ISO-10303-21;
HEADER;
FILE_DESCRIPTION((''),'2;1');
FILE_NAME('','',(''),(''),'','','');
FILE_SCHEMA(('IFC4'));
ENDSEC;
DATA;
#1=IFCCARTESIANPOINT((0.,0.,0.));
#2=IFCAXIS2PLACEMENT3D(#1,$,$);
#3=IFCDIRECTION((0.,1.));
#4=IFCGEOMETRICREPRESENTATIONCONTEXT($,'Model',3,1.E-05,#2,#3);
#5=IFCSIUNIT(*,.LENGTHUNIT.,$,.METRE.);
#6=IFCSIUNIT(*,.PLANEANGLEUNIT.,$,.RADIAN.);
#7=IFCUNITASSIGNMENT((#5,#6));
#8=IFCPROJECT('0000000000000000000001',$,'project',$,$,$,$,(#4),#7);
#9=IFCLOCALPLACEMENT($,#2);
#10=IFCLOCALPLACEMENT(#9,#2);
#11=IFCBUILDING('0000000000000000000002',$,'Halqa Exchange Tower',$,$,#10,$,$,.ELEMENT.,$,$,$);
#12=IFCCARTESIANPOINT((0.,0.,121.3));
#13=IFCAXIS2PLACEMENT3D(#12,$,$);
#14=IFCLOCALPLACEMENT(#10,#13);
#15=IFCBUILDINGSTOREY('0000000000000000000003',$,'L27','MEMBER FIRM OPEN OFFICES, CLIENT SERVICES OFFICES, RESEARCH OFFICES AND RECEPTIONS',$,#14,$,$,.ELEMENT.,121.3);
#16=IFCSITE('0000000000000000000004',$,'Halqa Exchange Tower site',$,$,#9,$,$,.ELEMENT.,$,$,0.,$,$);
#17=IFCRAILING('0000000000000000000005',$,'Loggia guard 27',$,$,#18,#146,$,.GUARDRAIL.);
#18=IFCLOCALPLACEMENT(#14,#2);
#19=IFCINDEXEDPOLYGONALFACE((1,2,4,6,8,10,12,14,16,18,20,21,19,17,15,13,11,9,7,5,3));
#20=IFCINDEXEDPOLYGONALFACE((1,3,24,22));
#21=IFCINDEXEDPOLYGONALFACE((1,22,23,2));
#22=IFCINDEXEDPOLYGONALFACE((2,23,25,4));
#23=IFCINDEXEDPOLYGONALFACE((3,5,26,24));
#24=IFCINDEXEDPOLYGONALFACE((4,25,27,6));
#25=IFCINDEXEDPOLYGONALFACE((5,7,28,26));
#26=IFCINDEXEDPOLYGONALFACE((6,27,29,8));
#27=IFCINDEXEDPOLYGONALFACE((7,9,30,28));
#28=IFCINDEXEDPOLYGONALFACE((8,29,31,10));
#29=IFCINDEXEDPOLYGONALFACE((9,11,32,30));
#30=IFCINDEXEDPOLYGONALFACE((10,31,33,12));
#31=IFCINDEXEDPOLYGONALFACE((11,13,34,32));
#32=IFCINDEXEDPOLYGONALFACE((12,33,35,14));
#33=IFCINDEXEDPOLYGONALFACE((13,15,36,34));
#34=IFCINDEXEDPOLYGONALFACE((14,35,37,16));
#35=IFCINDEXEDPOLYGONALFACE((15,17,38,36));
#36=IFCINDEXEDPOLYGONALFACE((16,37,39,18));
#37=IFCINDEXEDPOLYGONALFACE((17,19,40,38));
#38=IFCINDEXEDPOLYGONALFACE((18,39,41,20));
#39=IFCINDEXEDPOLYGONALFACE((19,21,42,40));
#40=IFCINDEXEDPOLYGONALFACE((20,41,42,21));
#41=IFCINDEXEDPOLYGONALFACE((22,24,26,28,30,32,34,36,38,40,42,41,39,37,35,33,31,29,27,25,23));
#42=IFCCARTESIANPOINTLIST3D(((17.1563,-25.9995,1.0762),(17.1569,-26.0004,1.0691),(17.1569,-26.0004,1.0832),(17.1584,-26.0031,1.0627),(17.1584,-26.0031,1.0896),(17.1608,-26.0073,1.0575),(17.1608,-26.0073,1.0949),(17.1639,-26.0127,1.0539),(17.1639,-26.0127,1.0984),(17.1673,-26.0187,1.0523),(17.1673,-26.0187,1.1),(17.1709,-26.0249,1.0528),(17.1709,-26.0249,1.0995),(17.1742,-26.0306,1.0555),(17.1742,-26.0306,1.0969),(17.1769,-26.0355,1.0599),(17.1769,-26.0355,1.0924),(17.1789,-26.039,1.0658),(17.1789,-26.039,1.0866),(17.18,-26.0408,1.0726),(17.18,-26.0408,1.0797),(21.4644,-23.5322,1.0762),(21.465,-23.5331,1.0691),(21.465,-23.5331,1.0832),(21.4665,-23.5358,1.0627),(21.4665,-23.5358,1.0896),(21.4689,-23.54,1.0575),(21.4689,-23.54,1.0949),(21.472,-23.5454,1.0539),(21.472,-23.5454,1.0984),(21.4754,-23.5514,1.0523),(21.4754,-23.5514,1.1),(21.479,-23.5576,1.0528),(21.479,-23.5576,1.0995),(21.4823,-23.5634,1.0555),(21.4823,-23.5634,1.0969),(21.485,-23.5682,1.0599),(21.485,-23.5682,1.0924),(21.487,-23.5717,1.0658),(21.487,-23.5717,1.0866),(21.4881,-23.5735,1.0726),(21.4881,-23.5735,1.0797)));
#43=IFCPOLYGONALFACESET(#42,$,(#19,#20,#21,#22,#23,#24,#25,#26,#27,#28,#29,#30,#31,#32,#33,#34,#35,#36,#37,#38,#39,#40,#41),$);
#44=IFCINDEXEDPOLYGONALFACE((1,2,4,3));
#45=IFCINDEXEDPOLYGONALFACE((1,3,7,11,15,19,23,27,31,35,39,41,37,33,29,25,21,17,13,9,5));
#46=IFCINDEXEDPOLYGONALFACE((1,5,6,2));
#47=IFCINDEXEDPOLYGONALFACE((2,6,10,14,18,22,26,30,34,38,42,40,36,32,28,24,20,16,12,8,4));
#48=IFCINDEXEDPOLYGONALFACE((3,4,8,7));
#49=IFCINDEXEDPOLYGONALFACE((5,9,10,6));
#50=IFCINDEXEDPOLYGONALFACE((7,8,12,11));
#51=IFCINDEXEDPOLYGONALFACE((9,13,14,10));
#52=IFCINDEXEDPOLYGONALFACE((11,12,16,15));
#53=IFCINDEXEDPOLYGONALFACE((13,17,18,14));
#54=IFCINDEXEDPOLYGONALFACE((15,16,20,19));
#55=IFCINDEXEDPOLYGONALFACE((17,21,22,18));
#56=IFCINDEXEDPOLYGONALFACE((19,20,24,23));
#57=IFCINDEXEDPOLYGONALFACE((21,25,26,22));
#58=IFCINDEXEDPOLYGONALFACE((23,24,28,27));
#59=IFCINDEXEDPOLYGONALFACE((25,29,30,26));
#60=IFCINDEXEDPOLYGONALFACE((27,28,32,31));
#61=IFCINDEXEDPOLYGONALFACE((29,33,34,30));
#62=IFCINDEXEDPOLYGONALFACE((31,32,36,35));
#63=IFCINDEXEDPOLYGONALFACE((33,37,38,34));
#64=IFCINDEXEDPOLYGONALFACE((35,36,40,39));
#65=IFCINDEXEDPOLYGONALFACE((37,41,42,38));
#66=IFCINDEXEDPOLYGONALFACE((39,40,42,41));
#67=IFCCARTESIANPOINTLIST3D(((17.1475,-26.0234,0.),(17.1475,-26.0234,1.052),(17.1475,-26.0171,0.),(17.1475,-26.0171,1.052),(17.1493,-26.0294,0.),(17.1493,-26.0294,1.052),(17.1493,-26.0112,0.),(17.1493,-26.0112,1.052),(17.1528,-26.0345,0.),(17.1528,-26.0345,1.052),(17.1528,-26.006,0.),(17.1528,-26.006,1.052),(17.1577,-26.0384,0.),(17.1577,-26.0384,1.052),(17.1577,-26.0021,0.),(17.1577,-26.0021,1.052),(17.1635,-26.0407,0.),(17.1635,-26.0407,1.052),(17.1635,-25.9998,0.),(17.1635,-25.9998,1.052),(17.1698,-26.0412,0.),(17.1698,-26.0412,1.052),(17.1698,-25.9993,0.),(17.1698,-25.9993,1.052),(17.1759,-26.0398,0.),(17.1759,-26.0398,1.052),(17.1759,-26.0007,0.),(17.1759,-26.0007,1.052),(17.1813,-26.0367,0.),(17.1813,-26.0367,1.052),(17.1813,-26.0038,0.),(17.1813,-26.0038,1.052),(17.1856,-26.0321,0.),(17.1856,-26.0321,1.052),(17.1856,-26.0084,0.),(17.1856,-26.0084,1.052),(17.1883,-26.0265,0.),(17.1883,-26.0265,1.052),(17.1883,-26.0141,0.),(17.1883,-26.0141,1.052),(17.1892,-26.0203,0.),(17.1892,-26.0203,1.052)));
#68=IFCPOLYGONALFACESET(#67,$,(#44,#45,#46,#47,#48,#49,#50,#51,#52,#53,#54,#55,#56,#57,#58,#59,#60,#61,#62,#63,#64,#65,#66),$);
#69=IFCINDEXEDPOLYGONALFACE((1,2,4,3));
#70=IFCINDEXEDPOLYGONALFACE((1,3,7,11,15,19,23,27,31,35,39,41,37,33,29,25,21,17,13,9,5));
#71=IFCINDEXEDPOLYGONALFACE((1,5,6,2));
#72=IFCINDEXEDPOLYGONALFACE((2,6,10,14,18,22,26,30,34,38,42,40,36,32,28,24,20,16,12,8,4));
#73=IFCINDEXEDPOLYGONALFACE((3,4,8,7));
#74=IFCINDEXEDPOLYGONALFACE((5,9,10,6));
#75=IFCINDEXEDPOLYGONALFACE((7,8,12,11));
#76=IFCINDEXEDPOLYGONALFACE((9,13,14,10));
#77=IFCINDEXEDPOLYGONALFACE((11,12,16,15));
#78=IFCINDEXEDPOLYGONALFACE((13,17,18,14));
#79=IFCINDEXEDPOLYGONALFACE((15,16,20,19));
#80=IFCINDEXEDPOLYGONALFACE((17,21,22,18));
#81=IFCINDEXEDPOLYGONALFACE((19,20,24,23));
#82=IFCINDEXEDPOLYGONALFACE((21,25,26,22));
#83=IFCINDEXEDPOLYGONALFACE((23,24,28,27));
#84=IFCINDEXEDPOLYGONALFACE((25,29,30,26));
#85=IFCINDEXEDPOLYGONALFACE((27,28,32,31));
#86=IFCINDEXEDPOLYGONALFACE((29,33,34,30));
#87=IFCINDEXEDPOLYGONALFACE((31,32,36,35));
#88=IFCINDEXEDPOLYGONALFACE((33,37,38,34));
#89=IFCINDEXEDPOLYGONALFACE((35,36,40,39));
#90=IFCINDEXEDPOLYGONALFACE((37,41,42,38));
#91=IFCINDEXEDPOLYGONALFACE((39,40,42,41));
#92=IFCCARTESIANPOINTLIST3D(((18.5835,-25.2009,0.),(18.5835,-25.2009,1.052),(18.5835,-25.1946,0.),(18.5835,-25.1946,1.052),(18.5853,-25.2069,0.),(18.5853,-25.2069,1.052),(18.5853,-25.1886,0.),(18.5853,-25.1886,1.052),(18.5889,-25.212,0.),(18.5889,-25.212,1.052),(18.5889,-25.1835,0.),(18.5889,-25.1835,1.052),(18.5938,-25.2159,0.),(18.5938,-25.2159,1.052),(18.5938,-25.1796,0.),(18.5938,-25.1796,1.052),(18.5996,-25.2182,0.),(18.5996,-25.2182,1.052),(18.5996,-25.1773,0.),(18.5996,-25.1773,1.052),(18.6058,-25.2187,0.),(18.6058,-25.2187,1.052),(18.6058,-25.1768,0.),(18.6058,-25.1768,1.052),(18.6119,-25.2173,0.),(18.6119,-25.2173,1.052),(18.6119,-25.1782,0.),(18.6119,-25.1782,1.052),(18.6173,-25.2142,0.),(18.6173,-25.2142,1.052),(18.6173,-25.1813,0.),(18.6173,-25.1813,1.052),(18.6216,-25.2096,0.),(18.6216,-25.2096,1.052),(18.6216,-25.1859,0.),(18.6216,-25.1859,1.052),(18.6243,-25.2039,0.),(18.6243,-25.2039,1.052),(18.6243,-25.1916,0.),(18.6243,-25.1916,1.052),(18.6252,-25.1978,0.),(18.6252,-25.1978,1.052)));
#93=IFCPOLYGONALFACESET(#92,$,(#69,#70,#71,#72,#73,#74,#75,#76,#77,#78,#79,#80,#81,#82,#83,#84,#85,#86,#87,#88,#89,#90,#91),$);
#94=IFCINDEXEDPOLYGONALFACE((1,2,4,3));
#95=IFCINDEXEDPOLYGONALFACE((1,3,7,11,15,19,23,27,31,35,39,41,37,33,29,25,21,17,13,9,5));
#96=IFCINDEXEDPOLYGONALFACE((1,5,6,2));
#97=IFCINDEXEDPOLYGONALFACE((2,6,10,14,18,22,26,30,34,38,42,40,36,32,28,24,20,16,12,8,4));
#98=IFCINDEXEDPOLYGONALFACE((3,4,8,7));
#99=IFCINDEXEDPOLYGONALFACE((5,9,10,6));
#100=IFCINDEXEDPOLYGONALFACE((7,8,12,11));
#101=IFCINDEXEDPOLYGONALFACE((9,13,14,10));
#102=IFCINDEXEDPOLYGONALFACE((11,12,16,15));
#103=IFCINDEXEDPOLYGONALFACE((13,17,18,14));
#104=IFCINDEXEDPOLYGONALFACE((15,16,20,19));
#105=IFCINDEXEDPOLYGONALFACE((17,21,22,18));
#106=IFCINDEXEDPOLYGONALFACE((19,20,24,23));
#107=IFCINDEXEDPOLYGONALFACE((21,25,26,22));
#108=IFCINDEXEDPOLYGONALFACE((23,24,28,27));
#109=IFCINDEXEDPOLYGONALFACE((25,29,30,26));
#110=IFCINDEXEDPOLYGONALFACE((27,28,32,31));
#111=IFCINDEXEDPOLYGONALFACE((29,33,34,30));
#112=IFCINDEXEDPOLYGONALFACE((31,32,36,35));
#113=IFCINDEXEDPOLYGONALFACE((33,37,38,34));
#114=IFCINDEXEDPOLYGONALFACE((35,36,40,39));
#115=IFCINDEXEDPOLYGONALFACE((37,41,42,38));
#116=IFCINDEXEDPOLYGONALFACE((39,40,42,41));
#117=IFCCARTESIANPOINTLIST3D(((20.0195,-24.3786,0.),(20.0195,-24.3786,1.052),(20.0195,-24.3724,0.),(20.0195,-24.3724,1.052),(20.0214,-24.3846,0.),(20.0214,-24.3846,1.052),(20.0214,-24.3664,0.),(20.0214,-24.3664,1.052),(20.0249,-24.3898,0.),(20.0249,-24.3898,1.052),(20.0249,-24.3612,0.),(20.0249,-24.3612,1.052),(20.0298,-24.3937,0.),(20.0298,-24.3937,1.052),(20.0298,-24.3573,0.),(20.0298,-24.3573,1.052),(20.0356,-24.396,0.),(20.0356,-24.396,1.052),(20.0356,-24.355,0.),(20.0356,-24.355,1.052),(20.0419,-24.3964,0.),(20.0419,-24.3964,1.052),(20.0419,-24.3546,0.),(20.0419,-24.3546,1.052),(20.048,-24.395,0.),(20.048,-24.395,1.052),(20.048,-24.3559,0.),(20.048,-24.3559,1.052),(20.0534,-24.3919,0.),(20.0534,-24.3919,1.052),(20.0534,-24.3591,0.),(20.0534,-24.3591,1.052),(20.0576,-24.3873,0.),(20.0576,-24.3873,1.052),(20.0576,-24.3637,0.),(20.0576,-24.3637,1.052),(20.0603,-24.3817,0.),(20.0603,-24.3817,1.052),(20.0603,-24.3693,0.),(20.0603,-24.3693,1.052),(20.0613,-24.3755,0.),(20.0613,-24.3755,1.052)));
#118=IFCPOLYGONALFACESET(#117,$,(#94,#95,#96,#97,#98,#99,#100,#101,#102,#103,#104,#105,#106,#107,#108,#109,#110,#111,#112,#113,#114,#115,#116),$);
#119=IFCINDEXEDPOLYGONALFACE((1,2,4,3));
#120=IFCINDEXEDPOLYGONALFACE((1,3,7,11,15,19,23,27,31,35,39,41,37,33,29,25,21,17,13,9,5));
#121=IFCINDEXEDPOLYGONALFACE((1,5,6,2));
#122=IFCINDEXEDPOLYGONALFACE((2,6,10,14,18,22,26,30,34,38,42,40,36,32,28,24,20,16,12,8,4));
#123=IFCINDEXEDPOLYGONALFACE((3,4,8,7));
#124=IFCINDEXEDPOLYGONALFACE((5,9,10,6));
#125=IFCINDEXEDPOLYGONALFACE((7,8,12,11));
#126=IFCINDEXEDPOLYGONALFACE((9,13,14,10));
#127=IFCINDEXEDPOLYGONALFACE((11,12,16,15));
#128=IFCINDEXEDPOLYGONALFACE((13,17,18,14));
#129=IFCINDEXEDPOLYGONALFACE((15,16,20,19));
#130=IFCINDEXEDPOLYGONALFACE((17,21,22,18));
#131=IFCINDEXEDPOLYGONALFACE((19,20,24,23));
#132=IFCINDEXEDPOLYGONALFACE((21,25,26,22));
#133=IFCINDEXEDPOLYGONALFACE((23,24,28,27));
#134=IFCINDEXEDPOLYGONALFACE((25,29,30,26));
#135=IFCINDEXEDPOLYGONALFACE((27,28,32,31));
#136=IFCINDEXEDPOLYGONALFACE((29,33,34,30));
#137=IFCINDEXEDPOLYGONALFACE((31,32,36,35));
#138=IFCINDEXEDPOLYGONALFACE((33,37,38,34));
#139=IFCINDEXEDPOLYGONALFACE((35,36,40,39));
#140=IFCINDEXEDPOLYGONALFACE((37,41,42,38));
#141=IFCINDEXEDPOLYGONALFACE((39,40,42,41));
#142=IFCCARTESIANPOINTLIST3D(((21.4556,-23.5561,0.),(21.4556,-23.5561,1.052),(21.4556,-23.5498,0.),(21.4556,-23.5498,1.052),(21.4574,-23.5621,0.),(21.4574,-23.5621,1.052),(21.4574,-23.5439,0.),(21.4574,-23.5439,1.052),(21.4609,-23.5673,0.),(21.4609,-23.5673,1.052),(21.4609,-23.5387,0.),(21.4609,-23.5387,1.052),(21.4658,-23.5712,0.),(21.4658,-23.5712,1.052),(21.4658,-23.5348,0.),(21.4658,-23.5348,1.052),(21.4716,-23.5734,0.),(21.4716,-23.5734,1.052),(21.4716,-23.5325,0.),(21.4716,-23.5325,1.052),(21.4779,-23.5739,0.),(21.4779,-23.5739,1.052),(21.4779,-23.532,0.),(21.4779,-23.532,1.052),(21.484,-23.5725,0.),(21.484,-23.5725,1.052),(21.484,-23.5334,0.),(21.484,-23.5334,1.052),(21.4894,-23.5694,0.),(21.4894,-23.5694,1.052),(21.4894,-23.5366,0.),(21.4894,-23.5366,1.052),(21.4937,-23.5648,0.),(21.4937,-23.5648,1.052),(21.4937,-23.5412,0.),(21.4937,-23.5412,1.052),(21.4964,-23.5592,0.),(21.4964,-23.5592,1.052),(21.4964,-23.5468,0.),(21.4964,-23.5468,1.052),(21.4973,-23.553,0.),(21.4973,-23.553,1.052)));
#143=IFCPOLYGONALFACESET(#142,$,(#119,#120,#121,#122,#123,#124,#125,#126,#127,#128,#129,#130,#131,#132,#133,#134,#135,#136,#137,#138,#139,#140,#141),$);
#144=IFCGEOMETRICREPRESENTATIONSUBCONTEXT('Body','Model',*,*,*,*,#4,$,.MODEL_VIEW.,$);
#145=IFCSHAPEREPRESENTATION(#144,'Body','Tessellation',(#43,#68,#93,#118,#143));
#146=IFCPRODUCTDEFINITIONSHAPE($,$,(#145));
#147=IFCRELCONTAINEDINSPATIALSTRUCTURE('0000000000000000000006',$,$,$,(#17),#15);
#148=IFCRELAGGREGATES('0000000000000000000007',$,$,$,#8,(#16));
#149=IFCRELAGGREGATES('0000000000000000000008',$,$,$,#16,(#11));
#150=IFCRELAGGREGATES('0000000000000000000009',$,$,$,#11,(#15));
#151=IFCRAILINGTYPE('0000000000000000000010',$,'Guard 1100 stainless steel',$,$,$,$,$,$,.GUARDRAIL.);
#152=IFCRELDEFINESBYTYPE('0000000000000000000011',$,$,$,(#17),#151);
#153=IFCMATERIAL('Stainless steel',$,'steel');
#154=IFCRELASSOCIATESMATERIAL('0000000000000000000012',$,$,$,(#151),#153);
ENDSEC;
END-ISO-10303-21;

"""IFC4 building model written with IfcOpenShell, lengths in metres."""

from ifc_helpers import new_model, si_unit, direction, frame, origin, origin_2d, place, context, subcontext, project, spatial, circle, extrude, material, type_object, element, save


model = new_model("IFC4")

# Units and contexts
model_context = context("Model", 3, precision=1e-05, world=origin(), true_north=direction((0.0, 1.0)))
body_context = subcontext(model_context, "Body", "Model", "MODEL_VIEW")
ifc_project = project(units=[si_unit("LENGTHUNIT", "METRE"), si_unit("PLANEANGLEUNIT", "RADIAN")], contexts=[model_context])

# Site, building, storey
site_placement = place(None, origin())
site = spatial("IfcSite", under=ifc_project, at=site_placement, Name="Halqa Exchange Tower site", CompositionType="ELEMENT", RefElevation=0.0)
building_placement = place(site_placement, origin())
building = spatial("IfcBuilding", under=site, at=building_placement, Name="Halqa Exchange Tower", CompositionType="ELEMENT")
storey_placement = place(building_placement, frame((0.0, 0.0, 121.3)))
storey = spatial("IfcBuildingStorey", under=building, at=storey_placement, Name="L27", Description="MEMBER FIRM OPEN OFFICES, CLIENT SERVICES OFFICES, RESEARCH OFFICES AND RECEPTIONS", CompositionType="ELEMENT", Elevation=121.3)

# Railing
ifc_material_1 = material(Name="Stainless steel", Category="steel")
railing_type = type_object("IfcRailingType", Name="Guard 1100 stainless steel", PredefinedType="GUARDRAIL", material=ifc_material_1)
railing_1_placement = place(storey_placement, frame((17.1682, -26.0203, 0.0)))
element("IfcRailing", 1, at=railing_1_placement, inside=storey, type_object=railing_type, Name="Loggia guard 27", PredefinedType="GUARDRAIL", context=body_context, shape_type="SweptSolid", body=[
    extrude(circle(Radius=0.0239, at=origin_2d()), frame((0.0, 0.0, 1.0762), z_axis=(0.867765, 0.496975, 0.0), x_axis=(-0.496975, 0.867765, 0.0)), (0.0, 0.0, 1.0), 4.9646),
    extrude(circle(Radius=0.021, at=origin_2d()), origin(), (0.0, 0.0, 1.0), 1.052),
    extrude(circle(Radius=0.021, at=origin_2d()), frame((1.436, 0.8225, 0.0)), (0.0, 0.0, 1.0), 1.052),
    extrude(circle(Radius=0.021, at=origin_2d()), frame((2.8721, 1.6448, 0.0)), (0.0, 0.0, 1.0), 1.052),
    extrude(circle(Radius=0.021, at=origin_2d()), frame((4.3081, 2.4673, 0.0)), (0.0, 0.0, 1.0), 1.052),
])

save(model, "model.ifc")
